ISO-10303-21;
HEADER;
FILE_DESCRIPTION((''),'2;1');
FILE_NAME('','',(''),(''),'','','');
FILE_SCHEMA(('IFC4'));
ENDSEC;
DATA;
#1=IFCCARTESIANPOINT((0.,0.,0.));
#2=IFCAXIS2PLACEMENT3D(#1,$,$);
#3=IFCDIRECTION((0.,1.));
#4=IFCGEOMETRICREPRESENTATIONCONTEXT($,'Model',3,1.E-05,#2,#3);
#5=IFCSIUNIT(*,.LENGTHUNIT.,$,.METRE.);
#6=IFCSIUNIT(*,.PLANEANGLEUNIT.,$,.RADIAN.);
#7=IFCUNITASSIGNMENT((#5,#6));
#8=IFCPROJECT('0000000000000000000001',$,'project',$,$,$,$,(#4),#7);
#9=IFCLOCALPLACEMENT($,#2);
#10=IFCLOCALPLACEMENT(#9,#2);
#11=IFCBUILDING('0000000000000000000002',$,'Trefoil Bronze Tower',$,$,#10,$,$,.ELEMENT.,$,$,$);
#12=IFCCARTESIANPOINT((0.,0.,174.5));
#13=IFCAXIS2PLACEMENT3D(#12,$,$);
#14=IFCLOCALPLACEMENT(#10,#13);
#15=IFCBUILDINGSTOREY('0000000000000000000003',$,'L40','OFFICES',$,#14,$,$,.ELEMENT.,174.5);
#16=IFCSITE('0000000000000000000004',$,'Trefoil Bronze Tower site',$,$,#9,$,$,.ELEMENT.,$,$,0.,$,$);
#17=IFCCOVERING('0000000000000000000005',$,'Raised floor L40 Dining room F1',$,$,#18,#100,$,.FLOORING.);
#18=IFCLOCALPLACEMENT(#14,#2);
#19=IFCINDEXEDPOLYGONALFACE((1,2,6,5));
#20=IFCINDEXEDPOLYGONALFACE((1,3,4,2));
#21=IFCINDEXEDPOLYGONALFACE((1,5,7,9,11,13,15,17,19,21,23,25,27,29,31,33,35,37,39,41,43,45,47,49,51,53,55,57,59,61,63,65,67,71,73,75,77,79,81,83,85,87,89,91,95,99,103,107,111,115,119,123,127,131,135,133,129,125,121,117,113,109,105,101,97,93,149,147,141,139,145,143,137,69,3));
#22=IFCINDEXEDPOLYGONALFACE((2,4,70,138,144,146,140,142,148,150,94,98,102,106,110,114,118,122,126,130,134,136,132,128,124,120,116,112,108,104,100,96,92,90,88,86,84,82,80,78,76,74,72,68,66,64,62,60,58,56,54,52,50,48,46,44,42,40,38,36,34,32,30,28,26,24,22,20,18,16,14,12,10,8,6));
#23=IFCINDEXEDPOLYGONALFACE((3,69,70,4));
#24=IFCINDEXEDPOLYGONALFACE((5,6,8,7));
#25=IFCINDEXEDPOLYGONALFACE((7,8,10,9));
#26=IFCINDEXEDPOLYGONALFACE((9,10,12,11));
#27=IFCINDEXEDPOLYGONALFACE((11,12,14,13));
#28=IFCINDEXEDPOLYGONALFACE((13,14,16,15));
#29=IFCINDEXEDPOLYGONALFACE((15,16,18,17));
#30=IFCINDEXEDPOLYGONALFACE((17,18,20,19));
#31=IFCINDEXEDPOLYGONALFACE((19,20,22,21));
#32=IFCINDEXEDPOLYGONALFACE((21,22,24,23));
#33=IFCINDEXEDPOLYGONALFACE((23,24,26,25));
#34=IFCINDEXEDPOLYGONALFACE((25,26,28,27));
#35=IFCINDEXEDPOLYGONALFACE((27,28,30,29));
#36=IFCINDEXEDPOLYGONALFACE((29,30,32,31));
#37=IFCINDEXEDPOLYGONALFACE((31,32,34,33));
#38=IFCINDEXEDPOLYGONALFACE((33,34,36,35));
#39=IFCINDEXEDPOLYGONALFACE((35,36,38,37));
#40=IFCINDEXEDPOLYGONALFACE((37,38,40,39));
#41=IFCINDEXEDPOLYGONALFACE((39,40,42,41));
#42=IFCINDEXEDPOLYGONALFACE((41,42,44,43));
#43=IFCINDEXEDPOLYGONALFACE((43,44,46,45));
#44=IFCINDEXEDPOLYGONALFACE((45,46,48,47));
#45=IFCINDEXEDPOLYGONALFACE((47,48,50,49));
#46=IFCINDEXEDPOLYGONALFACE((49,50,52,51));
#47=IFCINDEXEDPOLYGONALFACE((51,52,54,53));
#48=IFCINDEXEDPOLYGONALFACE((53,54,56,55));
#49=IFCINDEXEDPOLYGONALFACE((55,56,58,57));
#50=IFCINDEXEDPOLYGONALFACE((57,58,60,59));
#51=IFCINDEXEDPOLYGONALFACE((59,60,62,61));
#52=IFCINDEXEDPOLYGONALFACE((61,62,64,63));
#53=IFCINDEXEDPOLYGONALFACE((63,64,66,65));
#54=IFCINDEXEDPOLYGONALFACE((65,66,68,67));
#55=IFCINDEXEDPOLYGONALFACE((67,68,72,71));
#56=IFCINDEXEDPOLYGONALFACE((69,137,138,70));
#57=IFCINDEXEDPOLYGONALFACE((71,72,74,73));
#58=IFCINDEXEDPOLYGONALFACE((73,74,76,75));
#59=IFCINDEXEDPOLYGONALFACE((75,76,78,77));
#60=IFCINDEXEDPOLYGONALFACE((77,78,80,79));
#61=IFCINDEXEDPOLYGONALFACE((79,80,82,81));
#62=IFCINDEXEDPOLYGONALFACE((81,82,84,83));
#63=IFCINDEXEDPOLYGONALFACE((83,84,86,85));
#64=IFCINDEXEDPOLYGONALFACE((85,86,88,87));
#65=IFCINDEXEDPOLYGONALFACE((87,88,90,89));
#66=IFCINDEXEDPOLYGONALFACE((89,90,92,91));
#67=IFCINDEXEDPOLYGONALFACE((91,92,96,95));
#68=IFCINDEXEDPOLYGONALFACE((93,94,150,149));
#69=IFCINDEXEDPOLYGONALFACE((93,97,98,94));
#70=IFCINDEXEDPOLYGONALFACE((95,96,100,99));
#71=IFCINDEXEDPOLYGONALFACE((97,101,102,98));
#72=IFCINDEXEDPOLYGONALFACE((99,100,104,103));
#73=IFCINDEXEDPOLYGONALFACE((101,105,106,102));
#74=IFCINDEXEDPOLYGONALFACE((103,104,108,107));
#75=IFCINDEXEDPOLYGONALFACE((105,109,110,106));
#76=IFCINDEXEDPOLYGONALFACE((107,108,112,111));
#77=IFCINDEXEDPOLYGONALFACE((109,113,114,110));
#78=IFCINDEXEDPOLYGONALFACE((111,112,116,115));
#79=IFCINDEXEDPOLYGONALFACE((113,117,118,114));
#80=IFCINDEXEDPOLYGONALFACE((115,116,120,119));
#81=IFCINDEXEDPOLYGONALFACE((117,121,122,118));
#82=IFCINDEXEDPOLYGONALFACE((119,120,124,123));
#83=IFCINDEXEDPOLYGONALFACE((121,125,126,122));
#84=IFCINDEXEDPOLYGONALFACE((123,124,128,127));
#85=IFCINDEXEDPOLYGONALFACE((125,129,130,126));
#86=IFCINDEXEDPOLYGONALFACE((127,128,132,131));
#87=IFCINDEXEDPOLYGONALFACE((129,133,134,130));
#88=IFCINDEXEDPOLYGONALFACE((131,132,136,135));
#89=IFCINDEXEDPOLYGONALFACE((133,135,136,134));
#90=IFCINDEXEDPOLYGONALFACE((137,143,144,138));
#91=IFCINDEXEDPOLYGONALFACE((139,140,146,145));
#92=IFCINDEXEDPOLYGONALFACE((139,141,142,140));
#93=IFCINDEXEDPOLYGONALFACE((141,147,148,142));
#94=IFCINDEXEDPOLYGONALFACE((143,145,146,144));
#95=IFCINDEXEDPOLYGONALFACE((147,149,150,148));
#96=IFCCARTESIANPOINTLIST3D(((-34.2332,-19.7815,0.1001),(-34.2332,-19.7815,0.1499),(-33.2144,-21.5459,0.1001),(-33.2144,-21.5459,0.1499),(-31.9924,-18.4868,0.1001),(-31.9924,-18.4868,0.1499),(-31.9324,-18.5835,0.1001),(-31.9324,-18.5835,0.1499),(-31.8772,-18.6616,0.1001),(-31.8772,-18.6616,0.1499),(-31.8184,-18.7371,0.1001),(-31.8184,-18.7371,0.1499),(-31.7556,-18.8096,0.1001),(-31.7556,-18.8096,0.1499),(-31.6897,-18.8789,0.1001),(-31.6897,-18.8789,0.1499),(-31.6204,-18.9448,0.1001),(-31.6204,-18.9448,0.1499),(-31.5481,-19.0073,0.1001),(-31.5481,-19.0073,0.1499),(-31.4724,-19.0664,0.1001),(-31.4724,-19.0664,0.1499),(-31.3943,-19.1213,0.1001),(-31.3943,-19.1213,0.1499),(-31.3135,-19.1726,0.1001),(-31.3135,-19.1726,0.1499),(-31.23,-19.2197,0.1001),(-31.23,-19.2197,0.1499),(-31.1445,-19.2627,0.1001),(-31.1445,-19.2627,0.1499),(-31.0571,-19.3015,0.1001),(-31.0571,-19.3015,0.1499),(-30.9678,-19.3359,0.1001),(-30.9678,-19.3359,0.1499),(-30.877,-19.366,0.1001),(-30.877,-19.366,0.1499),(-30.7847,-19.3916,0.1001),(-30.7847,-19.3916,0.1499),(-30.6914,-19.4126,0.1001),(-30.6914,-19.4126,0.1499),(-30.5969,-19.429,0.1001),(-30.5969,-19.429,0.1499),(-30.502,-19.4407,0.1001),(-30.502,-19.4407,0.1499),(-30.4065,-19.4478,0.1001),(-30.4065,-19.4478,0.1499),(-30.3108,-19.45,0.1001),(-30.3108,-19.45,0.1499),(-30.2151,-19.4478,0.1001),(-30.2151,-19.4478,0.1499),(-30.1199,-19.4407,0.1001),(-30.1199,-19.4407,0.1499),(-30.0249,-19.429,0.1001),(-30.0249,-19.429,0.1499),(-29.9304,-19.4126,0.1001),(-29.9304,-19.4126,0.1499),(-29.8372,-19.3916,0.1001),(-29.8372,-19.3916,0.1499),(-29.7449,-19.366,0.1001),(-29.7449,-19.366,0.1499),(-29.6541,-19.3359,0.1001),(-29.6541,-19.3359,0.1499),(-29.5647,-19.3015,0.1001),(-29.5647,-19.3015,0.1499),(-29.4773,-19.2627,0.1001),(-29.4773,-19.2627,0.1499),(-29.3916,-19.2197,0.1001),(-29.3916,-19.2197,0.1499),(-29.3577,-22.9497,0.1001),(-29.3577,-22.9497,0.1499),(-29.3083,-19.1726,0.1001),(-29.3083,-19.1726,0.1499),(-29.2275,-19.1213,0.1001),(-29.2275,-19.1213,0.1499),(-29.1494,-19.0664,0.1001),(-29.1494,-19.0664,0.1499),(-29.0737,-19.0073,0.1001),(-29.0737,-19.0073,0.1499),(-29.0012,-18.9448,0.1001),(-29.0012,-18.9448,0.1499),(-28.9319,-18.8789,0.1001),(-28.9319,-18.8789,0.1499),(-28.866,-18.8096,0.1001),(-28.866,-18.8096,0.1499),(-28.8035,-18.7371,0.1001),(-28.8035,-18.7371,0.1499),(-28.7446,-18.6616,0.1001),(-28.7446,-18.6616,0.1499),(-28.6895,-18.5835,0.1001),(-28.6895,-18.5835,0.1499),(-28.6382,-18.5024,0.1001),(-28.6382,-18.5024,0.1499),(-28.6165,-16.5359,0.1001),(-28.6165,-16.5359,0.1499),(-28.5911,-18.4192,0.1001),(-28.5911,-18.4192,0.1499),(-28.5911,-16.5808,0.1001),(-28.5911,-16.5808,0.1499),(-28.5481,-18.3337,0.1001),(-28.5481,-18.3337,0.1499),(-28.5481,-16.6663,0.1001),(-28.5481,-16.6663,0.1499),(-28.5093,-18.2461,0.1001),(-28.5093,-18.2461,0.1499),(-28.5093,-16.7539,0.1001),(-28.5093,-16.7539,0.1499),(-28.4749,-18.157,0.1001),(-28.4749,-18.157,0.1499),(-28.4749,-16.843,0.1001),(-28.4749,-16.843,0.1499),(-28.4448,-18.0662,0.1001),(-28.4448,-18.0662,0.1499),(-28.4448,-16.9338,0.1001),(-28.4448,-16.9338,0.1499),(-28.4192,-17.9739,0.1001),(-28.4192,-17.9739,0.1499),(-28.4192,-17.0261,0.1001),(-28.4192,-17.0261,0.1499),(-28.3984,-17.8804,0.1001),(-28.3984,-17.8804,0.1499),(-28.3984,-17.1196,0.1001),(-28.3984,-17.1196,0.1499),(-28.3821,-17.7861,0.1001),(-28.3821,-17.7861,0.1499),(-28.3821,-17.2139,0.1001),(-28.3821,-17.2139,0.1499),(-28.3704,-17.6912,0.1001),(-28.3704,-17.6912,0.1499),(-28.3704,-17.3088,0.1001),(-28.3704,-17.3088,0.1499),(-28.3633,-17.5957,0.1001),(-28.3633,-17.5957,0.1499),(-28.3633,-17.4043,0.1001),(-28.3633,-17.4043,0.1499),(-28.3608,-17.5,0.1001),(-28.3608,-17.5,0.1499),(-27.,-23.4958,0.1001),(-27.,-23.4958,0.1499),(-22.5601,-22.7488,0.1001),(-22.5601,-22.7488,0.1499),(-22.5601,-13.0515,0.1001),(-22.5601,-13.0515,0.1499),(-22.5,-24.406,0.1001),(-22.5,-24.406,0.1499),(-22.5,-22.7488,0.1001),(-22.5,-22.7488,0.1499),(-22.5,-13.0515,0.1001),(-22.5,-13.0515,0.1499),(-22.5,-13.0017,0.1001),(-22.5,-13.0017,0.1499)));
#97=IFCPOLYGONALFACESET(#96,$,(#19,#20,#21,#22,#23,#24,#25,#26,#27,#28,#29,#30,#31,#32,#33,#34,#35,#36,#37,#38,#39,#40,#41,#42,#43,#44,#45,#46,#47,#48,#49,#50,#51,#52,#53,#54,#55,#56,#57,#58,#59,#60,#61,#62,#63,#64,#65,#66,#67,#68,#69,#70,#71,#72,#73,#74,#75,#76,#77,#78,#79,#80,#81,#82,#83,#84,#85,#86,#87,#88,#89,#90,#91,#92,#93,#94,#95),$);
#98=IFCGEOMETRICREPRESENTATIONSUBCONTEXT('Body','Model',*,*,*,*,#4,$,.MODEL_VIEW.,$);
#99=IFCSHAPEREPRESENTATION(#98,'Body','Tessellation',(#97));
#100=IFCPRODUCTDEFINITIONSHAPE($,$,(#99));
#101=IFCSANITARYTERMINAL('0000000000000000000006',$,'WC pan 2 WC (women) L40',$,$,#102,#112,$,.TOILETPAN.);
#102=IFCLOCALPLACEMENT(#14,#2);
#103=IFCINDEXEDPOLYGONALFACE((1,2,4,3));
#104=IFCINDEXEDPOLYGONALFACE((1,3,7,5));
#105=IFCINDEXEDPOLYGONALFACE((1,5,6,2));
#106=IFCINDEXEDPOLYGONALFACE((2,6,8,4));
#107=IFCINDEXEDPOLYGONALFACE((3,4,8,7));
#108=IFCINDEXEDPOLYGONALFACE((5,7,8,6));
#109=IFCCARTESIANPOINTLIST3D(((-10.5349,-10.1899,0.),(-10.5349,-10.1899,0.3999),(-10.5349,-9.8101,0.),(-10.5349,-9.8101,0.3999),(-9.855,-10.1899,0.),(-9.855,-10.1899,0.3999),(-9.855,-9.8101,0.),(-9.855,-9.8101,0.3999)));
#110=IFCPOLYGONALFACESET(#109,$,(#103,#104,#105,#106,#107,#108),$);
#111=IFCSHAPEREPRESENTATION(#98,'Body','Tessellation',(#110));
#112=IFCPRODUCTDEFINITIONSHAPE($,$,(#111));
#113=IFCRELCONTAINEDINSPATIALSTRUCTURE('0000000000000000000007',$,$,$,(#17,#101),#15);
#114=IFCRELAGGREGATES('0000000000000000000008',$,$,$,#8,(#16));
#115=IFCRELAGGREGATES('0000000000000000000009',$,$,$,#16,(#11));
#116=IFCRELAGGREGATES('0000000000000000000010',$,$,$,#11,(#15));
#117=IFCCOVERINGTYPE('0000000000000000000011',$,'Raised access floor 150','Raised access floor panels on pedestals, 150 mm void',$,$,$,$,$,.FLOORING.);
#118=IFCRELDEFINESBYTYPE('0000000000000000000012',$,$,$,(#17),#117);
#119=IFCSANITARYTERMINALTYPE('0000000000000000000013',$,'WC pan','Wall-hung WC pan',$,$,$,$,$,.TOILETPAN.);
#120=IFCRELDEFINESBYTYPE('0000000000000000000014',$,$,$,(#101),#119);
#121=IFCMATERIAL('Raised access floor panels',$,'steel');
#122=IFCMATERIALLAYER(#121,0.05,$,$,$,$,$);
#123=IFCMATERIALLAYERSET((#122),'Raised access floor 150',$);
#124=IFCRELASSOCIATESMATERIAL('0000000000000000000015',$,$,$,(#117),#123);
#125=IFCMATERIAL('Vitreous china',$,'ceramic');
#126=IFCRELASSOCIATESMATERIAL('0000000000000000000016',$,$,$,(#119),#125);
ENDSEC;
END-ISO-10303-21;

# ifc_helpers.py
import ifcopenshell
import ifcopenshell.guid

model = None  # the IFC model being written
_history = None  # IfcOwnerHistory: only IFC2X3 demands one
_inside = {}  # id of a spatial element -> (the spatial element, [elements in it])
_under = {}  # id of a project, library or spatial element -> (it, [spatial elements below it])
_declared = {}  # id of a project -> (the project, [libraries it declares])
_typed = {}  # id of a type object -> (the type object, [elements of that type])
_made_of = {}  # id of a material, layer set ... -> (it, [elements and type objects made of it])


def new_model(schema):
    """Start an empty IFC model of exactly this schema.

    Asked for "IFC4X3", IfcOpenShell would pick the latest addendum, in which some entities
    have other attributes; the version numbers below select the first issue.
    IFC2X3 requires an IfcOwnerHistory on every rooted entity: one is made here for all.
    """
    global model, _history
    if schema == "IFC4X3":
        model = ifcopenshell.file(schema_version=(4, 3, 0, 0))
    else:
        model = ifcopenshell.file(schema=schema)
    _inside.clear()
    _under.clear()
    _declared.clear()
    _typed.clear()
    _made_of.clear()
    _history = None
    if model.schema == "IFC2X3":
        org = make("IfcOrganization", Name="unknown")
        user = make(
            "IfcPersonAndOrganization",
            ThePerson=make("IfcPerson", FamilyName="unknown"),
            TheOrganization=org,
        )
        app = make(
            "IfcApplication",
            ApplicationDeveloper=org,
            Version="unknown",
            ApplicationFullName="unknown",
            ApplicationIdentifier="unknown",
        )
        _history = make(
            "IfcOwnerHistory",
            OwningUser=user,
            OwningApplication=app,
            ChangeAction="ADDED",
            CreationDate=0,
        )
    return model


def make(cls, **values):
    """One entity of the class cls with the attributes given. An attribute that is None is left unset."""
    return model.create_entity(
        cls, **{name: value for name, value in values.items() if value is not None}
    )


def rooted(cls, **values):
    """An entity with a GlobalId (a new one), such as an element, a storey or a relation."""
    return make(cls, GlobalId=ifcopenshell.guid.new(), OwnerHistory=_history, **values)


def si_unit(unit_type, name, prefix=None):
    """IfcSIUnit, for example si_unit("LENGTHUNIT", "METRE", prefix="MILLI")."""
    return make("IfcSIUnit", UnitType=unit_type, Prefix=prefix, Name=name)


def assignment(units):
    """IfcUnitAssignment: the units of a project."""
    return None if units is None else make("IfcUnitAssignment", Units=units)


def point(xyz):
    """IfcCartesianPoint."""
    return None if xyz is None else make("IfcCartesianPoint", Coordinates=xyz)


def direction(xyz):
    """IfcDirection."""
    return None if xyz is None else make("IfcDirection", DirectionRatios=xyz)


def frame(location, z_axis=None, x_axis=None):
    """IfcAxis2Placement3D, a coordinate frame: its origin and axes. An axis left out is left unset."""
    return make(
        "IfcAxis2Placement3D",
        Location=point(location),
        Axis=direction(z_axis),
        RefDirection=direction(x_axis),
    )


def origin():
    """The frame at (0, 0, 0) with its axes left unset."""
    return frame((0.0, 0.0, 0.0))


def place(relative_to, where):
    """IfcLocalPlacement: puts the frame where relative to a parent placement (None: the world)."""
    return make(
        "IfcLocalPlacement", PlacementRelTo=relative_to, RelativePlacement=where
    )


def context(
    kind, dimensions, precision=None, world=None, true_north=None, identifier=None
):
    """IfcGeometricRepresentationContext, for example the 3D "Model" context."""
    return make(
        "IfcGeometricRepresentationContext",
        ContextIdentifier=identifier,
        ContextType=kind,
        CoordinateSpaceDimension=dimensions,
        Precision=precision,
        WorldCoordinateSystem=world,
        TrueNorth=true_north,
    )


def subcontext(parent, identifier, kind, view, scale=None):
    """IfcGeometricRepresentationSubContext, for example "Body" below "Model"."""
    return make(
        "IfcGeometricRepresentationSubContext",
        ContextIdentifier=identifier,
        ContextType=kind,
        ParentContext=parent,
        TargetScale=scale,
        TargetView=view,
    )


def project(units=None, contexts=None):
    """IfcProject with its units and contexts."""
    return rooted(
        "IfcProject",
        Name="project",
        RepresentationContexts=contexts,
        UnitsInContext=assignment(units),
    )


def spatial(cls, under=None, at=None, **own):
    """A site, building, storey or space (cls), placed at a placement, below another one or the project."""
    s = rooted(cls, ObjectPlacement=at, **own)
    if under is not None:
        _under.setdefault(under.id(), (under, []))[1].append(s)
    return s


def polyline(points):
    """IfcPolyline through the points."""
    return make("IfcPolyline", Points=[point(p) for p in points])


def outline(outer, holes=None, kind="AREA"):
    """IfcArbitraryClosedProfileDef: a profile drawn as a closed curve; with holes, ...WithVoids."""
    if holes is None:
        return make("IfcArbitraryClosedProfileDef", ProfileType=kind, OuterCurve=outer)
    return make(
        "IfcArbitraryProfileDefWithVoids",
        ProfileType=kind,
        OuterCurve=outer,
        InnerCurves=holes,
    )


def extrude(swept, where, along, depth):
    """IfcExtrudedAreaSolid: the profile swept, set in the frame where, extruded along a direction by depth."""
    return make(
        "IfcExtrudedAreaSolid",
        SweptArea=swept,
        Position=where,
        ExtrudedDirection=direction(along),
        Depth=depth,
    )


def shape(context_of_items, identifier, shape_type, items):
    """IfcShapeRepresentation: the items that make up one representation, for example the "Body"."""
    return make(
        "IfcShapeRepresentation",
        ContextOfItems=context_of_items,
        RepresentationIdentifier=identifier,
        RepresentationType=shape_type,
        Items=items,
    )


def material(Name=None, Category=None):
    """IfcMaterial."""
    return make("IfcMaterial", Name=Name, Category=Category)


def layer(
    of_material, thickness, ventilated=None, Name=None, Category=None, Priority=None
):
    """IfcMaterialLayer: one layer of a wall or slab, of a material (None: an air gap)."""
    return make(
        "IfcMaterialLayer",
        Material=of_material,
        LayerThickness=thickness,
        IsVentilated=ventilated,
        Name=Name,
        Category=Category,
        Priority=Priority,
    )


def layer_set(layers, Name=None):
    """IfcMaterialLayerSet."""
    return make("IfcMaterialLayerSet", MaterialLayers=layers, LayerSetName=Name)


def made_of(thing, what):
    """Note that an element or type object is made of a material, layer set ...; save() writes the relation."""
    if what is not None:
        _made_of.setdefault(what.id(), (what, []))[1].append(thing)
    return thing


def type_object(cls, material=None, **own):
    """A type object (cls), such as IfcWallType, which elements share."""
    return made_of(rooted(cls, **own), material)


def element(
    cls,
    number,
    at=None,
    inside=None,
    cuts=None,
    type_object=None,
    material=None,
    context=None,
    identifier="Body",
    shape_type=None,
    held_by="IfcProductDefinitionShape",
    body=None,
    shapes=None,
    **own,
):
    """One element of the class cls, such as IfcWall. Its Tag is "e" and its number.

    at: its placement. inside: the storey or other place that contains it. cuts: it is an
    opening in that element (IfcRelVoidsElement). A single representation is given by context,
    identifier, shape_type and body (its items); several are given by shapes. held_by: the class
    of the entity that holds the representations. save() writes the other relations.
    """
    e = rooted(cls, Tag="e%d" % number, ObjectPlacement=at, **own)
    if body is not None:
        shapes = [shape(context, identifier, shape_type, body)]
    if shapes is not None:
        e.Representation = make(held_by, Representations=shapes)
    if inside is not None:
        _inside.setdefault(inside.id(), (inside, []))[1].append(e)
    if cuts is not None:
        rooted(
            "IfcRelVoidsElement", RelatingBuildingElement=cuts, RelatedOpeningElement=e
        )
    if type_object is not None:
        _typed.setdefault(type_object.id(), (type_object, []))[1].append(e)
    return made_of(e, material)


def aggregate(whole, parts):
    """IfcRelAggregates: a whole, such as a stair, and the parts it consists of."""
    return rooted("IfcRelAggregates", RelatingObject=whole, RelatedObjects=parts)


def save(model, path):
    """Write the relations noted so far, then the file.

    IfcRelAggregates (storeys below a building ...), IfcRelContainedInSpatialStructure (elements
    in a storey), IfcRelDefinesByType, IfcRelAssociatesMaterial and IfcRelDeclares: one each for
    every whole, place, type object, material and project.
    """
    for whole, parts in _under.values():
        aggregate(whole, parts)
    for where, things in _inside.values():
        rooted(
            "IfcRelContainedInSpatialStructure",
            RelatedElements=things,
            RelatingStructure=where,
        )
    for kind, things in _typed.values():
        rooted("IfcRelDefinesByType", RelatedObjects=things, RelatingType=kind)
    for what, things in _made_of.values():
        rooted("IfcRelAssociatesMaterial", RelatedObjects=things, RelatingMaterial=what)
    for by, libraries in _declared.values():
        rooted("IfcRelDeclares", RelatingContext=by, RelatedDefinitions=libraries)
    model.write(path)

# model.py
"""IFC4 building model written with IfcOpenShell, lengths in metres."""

from ifc_helpers import new_model, si_unit, direction, frame, origin, place, context, subcontext, project, spatial, polyline, outline, extrude, material, layer, layer_set, type_object, element, save


model = new_model("IFC4")

# Units and contexts
model_context = context("Model", 3, precision=1e-05, world=origin(), true_north=direction((0.0, 1.0)))
body_context = subcontext(model_context, "Body", "Model", "MODEL_VIEW")
ifc_project = project(units=[si_unit("LENGTHUNIT", "METRE"), si_unit("PLANEANGLEUNIT", "RADIAN")], contexts=[model_context])

# Site, building, storey
site_placement = place(None, origin())
site = spatial("IfcSite", under=ifc_project, at=site_placement, Name="Trefoil Bronze Tower site", CompositionType="ELEMENT", RefElevation=0.0)
building_placement = place(site_placement, origin())
building = spatial("IfcBuilding", under=site, at=building_placement, Name="Trefoil Bronze Tower", CompositionType="ELEMENT")
storey_placement = place(building_placement, frame((0.0, 0.0, 174.5)))
storey = spatial("IfcBuildingStorey", under=building, at=storey_placement, Name="L40", Description="OFFICES", CompositionType="ELEMENT", Elevation=174.5)

# Covering
ifc_material_1 = material(Name="Raised access floor panels", Category="steel")
ifc_layer_1 = layer(ifc_material_1, 0.05)
ifc_layer_set_1 = layer_set([ifc_layer_1], Name="Raised access floor 150")
covering_type_1 = type_object("IfcCoveringType", Name="Raised access floor 150", Description="Raised access floor panels on pedestals, 150 mm void", PredefinedType="FLOORING", material=ifc_layer_set_1)
covering_1_placement = place(storey_placement, frame((0.0, 0.0, 0.1001)))
element("IfcCovering", 1, at=covering_1_placement, inside=storey, type_object=covering_type_1, Name="Raised floor L40 Dining room F1", PredefinedType="FLOORING", context=body_context, shape_type="SweptSolid", body=[
    extrude(outline(polyline([(-28.6165, -16.5359), (-22.5, -13.0017), (-22.5, -13.0515), (-22.5601, -13.0515), (-22.5601, -22.7488), (-22.5, -22.7488), (-22.5, -24.406), (-27.0, -23.4958), (-29.3577, -22.9497), (-33.2144, -21.5459), (-34.2332, -19.7815), (-31.9924, -18.4868), (-31.9324, -18.5835), (-31.8772, -18.6616), (-31.8184, -18.7371), (-31.7556, -18.8096), (-31.6897, -18.8789), (-31.6204, -18.9448), (-31.5481, -19.0073), (-31.4724, -19.0664), (-31.3943, -19.1213), (-31.3135, -19.1726), (-31.23, -19.2197), (-31.1445, -19.2627), (-31.0571, -19.3015), (-30.9678, -19.3359), (-30.877, -19.366), (-30.7847, -19.3916), (-30.6914, -19.4126), (-30.5969, -19.429), (-30.502, -19.4407), (-30.4065, -19.4478), (-30.3108, -19.45), (-30.2151, -19.4478), (-30.1199, -19.4407), (-30.0249, -19.429), (-29.9304, -19.4126), (-29.8372, -19.3916), (-29.7449, -19.366), (-29.6541, -19.3359), (-29.5647, -19.3015), (-29.4773, -19.2627), (-29.3916, -19.2197), (-29.3083, -19.1726), (-29.2275, -19.1213), (-29.1494, -19.0664), (-29.0737, -19.0073), (-29.0012, -18.9448), (-28.9319, -18.8789), (-28.866, -18.8096), (-28.8035, -18.7371), (-28.7446, -18.6616), (-28.6895, -18.5835), (-28.6382, -18.5024), (-28.5911, -18.4192), (-28.5481, -18.3337), (-28.5093, -18.2461), (-28.4749, -18.157), (-28.4448, -18.0662), (-28.4192, -17.9739), (-28.3984, -17.8804), (-28.3821, -17.7861), (-28.3704, -17.6912), (-28.3633, -17.5957), (-28.3608, -17.5), (-28.3633, -17.4043), (-28.3704, -17.3088), (-28.3821, -17.2139), (-28.3984, -17.1196), (-28.4192, -17.0261), (-28.4448, -16.9338), (-28.4749, -16.843), (-28.5093, -16.7539), (-28.5481, -16.6663), (-28.5911, -16.5808), (-28.6165, -16.5359)])), origin(), (0.0, 0.0, 1.0), 0.0498),
])

# Sanitary terminal
ifc_material_2 = material(Name="Vitreous china", Category="ceramic")
sanitary_terminal_type = type_object("IfcSanitaryTerminalType", Name="WC pan", Description="Wall-hung WC pan", PredefinedType="TOILETPAN", material=ifc_material_2)
sanitary_terminal_placement = place(storey_placement, origin())
element("IfcSanitaryTerminal", 2, at=sanitary_terminal_placement, inside=storey, type_object=sanitary_terminal_type, Name="WC pan 2 WC (women) L40", PredefinedType="TOILETPAN", context=body_context, shape_type="SweptSolid", body=[
    extrude(outline(polyline([(-9.855, -9.8101), (-10.5349, -9.8101), (-10.5349, -10.1899), (-9.855, -10.1899), (-9.855, -9.8101)])), origin(), (0.0, 0.0, 1.0), 0.3999),
])

save(model, "model.ifc")
